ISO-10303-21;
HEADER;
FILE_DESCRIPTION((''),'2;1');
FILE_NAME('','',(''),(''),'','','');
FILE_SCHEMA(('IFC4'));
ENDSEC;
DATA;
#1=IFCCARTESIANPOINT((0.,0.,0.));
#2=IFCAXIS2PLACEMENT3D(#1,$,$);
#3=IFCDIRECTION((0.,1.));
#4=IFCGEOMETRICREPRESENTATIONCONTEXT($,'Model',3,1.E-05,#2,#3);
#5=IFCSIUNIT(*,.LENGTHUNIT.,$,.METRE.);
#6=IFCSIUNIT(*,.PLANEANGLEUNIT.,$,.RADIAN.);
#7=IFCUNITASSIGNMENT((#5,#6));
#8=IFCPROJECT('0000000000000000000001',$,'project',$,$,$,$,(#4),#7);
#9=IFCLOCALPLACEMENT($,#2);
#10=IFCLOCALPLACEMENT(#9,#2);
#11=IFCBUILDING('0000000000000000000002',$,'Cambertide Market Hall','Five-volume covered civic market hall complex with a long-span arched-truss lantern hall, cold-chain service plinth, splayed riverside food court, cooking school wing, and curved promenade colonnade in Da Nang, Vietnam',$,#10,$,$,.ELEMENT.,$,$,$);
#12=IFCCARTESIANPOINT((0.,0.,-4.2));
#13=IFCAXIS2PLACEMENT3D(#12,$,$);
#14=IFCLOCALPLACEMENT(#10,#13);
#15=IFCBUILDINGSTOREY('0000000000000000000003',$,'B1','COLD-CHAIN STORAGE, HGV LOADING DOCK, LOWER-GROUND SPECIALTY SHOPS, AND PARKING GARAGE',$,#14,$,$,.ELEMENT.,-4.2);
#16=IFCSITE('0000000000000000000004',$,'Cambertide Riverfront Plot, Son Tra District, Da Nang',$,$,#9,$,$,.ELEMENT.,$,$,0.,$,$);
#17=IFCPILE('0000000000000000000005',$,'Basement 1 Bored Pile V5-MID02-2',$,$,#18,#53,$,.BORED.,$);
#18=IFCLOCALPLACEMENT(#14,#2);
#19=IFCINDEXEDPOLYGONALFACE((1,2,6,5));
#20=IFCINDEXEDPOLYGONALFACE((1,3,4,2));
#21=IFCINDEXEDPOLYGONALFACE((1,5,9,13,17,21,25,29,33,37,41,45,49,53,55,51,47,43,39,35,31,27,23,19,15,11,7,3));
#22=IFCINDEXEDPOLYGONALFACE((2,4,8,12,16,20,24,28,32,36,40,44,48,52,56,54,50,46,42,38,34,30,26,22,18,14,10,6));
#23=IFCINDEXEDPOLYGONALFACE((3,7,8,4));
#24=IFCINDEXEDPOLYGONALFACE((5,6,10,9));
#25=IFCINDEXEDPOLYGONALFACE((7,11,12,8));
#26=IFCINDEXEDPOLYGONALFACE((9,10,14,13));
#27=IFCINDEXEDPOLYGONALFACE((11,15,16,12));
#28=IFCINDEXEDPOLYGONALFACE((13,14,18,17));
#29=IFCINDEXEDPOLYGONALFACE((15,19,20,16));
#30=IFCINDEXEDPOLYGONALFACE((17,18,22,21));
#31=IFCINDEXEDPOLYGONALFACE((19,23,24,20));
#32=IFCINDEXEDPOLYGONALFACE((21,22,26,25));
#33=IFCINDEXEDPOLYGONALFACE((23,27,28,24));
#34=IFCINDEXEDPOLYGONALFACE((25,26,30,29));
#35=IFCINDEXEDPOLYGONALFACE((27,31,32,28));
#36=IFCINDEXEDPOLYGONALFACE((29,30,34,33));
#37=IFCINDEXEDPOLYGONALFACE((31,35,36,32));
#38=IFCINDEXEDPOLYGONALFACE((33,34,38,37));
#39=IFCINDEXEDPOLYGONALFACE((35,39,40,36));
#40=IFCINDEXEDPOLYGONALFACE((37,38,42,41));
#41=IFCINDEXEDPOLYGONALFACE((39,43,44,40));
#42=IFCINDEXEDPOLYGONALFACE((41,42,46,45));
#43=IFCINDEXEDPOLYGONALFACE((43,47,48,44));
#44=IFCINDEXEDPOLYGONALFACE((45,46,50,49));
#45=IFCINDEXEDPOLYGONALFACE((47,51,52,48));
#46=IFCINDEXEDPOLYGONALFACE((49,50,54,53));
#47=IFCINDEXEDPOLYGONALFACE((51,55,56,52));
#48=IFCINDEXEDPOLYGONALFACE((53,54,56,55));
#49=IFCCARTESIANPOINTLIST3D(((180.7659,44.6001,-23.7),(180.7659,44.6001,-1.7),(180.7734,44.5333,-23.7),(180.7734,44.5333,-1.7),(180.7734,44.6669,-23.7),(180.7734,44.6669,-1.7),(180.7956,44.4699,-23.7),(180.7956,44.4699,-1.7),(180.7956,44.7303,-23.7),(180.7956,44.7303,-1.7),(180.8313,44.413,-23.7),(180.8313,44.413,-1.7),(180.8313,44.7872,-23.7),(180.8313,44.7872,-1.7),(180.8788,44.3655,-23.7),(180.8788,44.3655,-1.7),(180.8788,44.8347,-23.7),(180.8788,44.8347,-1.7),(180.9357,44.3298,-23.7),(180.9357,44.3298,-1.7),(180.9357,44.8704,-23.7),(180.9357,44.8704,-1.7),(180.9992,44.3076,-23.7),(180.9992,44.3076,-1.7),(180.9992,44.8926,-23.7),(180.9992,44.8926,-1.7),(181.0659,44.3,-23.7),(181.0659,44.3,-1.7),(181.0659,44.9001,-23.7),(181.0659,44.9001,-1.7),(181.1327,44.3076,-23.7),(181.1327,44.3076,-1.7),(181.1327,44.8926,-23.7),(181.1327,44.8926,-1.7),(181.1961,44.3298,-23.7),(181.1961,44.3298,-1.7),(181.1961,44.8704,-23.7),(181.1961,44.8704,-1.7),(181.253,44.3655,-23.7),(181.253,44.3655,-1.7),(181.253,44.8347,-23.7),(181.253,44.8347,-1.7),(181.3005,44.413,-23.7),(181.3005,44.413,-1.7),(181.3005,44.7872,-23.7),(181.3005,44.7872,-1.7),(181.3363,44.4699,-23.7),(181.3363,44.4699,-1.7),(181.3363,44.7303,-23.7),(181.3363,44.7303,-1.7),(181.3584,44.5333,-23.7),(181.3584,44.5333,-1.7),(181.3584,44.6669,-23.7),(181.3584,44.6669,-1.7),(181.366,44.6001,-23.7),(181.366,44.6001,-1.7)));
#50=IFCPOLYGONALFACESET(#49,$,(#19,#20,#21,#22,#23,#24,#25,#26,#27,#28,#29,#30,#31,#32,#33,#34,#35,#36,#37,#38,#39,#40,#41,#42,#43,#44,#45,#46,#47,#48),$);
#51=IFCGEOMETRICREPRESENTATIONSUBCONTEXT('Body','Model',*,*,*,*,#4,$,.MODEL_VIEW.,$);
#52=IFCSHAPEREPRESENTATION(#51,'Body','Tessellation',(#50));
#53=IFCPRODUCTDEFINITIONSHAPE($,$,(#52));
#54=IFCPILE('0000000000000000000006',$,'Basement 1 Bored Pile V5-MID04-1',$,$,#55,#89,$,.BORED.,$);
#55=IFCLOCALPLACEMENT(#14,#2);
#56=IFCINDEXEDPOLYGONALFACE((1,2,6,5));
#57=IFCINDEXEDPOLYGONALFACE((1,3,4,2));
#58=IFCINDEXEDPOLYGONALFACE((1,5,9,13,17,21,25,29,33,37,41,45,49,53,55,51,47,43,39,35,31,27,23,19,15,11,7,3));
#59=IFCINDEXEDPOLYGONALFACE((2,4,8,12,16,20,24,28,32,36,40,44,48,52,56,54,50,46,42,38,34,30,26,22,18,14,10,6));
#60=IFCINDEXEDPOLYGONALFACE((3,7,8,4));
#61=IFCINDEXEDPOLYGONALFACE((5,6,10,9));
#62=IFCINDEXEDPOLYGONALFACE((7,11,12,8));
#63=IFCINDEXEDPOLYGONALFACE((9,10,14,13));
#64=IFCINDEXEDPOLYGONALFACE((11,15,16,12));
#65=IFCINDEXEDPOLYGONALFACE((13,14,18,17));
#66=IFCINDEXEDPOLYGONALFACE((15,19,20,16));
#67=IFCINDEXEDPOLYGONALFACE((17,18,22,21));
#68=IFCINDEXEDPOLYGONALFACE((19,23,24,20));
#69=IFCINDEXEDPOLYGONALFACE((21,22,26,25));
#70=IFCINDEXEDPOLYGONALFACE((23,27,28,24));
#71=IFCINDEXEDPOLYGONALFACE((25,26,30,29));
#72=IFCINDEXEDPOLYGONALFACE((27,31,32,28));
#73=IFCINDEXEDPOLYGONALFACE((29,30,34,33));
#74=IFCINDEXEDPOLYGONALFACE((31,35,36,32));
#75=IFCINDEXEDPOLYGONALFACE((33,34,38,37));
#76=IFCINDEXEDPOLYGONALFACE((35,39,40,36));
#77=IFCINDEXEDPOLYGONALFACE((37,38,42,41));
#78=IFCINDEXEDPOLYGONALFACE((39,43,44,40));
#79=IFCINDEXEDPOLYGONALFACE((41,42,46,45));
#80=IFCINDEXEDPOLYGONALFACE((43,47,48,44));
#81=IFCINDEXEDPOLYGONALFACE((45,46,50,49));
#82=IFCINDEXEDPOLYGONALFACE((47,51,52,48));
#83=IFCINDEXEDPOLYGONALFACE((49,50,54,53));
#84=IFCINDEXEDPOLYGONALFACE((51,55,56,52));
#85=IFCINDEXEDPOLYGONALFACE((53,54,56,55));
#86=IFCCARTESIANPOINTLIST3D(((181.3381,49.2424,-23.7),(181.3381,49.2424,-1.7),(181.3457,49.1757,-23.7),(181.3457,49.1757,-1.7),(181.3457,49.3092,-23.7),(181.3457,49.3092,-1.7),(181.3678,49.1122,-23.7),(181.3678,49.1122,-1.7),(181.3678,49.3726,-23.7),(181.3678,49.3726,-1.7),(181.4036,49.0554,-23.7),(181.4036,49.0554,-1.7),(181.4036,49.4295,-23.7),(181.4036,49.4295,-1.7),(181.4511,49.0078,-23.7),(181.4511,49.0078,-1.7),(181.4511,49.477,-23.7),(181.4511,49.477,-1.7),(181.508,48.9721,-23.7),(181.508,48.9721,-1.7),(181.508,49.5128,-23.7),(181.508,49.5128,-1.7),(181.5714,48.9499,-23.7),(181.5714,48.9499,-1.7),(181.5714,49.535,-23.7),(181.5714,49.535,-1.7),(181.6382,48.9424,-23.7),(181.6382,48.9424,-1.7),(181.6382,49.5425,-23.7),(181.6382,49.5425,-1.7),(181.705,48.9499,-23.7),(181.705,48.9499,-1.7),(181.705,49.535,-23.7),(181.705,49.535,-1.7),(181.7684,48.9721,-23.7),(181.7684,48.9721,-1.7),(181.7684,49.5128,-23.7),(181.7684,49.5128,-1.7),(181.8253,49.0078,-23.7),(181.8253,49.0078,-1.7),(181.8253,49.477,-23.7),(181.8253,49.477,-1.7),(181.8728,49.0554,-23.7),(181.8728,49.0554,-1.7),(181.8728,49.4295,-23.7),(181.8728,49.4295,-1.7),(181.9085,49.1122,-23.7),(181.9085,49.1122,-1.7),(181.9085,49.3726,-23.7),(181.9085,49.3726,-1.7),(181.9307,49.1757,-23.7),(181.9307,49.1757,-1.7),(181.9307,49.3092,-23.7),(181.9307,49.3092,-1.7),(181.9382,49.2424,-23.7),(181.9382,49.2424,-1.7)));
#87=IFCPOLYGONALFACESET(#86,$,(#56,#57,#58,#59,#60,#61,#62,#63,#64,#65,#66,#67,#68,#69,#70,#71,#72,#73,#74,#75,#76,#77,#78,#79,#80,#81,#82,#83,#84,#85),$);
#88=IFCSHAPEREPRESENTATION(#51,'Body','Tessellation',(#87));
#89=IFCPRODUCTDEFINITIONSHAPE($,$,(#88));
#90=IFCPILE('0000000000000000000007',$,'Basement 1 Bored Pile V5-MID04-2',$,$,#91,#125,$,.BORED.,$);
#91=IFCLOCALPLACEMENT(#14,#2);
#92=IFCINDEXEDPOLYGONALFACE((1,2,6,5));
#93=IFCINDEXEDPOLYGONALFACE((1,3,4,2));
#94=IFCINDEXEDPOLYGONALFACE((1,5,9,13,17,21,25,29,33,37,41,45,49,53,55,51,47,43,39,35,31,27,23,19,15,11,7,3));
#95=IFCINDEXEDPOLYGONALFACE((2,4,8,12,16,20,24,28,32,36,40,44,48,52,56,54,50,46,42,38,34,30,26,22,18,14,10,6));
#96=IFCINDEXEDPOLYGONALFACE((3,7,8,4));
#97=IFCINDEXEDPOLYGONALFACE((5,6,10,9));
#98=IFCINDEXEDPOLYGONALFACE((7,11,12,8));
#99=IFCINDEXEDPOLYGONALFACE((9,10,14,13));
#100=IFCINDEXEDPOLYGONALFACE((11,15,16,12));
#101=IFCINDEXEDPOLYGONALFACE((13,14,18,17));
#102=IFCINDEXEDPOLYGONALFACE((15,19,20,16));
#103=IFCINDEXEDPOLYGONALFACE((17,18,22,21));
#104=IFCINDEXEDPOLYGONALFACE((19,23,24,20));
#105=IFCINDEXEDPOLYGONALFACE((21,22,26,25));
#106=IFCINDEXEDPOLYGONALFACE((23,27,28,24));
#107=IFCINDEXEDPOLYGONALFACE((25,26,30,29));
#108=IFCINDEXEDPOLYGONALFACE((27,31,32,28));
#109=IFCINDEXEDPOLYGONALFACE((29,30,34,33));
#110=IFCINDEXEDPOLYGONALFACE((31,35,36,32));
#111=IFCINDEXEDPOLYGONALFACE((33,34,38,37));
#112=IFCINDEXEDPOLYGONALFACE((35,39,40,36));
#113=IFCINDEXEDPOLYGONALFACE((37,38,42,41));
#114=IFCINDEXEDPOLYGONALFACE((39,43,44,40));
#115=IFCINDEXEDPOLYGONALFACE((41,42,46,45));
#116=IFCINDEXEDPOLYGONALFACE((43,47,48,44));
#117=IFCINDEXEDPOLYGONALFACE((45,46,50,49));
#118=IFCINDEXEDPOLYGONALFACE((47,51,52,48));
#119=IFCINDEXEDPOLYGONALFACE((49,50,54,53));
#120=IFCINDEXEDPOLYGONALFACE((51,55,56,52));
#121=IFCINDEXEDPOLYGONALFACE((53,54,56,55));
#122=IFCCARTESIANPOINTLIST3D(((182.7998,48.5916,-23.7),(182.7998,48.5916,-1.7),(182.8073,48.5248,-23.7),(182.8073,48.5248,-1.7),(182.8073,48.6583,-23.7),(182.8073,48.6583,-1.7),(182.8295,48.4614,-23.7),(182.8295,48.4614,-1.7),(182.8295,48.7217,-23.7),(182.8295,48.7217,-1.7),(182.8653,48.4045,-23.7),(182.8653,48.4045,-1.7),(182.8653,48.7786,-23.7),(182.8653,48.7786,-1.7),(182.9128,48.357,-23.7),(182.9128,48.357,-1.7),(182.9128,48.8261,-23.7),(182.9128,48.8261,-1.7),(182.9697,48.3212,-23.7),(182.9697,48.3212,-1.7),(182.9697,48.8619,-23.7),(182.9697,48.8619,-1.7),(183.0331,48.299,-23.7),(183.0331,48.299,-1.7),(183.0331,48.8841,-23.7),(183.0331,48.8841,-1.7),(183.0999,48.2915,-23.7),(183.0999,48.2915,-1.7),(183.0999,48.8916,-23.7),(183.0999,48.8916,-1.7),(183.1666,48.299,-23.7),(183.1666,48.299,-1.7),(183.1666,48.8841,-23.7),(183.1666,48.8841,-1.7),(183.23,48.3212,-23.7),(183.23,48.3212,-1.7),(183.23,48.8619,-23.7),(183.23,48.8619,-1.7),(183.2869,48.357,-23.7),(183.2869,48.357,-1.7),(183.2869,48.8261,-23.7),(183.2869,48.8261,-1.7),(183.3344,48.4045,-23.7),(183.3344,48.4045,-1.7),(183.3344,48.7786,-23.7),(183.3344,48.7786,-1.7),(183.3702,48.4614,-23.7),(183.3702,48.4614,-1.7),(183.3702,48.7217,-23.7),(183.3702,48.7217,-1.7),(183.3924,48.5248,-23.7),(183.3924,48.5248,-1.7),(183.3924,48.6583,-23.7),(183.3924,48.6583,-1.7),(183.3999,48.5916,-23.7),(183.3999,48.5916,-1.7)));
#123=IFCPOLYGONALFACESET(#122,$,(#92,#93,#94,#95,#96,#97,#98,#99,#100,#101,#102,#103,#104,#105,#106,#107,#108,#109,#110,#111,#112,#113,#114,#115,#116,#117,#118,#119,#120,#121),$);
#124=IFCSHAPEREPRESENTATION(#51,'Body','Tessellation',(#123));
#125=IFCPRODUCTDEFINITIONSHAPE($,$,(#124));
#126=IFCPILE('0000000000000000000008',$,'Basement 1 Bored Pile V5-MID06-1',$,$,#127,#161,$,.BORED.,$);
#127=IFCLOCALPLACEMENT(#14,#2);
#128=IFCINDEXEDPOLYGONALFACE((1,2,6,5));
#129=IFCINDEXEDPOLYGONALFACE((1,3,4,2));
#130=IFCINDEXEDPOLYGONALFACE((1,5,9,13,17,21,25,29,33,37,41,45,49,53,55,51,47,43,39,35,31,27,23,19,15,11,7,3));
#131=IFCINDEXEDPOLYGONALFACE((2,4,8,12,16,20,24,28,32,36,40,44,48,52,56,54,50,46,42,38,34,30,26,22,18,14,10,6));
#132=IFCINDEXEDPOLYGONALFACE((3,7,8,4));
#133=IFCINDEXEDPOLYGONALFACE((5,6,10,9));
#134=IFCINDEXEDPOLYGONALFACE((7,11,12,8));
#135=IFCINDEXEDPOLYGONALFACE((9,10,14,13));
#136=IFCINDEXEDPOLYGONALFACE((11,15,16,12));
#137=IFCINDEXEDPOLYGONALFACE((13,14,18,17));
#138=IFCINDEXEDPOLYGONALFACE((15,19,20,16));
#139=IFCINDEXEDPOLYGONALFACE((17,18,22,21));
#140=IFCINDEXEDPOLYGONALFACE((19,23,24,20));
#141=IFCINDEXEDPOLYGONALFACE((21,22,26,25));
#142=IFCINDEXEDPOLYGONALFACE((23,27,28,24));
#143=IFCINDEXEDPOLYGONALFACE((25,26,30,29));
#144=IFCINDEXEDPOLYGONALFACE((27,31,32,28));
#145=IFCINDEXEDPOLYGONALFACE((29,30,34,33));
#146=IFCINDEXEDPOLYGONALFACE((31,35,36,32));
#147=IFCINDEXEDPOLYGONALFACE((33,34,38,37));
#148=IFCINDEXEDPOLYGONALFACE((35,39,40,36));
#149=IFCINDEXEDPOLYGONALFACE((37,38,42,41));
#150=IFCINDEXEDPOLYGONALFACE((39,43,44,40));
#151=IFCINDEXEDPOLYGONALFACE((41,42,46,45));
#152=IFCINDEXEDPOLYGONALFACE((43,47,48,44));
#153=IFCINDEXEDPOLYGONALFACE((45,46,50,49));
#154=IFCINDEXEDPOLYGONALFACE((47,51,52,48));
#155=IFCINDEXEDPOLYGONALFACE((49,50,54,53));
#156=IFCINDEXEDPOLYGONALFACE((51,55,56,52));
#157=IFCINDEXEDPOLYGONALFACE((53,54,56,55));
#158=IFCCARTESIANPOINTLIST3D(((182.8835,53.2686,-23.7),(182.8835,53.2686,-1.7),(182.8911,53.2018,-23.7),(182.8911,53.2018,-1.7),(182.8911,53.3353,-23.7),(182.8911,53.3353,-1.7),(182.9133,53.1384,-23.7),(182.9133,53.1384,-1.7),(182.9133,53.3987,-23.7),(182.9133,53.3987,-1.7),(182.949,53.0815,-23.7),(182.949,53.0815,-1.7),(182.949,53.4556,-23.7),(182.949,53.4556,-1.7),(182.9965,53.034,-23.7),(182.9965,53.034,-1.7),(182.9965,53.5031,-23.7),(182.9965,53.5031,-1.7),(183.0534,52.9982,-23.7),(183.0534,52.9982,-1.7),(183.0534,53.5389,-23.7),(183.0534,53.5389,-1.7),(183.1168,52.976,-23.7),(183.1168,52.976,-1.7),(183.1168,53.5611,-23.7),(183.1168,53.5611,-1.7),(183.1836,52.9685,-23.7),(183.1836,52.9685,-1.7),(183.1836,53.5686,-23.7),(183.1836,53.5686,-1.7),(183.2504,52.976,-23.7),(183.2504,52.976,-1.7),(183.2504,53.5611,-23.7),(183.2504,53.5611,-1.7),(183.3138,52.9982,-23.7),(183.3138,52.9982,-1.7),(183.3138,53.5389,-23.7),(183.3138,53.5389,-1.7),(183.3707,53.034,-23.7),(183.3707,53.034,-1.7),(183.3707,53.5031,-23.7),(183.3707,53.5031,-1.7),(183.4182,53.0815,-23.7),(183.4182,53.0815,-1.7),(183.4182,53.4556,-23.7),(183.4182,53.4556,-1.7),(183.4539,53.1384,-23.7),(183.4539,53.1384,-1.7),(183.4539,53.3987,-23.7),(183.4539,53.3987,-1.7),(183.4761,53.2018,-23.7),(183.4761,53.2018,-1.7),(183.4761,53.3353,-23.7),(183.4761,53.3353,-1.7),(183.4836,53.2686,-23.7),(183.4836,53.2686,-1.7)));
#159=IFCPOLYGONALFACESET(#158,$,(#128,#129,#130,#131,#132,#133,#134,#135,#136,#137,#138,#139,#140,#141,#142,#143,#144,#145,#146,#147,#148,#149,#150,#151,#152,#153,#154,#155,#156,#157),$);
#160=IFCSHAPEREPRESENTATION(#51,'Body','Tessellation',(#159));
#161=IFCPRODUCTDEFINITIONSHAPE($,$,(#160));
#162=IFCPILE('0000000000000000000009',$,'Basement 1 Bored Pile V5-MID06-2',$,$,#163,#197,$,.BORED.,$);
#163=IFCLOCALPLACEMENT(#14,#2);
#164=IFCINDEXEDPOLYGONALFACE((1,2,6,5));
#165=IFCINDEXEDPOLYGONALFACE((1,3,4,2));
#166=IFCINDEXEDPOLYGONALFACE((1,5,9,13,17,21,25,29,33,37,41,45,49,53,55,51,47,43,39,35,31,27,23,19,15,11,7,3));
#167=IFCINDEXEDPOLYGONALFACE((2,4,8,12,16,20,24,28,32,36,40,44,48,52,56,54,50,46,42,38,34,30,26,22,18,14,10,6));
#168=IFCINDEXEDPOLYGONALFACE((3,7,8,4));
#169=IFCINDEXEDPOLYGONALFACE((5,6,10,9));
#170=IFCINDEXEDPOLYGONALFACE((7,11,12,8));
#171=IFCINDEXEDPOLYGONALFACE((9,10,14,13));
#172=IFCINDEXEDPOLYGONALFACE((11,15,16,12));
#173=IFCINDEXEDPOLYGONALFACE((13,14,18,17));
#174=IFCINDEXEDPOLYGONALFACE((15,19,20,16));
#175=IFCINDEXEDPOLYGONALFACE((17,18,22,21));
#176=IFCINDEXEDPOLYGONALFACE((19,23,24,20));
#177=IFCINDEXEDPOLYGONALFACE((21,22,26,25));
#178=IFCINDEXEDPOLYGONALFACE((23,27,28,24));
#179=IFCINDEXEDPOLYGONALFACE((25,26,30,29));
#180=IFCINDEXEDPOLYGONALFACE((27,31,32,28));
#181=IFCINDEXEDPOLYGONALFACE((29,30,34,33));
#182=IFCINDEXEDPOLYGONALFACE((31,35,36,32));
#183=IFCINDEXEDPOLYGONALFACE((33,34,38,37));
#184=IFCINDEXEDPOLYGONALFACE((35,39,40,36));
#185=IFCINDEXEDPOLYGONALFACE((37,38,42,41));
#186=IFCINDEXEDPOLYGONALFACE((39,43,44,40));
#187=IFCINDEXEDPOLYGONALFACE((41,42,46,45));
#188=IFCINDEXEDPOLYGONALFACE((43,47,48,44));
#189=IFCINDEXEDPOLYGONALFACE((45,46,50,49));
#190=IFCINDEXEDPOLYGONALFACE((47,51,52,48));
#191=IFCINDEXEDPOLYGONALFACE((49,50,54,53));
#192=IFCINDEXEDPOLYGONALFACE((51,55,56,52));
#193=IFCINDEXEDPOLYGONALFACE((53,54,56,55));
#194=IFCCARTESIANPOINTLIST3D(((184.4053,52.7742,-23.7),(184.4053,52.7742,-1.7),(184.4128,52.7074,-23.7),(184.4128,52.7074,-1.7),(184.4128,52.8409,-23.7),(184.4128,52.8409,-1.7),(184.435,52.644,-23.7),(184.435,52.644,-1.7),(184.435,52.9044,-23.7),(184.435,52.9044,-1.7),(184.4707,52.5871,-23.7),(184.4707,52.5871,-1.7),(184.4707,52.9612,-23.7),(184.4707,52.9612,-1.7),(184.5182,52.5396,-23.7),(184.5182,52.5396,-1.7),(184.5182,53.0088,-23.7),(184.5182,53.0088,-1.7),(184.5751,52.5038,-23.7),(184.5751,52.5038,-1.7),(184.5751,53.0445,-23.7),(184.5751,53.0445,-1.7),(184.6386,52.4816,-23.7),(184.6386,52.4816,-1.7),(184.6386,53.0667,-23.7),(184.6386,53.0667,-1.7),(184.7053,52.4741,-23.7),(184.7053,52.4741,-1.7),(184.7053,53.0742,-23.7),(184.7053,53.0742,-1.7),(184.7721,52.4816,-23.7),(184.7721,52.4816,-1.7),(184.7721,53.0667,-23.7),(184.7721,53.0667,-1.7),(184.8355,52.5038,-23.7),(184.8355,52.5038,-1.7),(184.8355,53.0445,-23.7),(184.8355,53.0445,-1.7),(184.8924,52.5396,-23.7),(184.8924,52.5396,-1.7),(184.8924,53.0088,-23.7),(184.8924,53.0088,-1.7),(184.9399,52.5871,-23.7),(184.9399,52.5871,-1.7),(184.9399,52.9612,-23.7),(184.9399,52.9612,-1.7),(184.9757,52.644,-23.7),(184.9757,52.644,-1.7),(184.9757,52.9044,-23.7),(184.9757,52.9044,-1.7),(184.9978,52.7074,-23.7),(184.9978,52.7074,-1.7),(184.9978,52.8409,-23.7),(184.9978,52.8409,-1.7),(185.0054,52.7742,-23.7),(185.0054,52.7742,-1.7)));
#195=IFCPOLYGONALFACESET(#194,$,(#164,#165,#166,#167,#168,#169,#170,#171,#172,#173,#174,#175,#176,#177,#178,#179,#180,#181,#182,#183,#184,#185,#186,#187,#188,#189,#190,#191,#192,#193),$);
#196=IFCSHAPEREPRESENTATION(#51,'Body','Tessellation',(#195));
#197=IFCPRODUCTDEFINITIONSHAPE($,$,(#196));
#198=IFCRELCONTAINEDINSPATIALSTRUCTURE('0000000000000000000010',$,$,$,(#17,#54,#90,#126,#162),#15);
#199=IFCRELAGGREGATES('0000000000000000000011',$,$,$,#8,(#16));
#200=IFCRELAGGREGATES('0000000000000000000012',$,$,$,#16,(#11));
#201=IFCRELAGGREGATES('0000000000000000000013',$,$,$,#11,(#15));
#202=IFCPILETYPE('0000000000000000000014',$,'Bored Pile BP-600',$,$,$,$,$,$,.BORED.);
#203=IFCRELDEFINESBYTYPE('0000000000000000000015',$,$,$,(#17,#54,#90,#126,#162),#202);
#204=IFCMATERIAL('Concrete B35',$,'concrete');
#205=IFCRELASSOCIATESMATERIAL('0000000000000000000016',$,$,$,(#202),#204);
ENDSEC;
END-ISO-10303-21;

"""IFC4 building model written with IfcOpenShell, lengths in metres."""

from ifc_helpers import new_model, si_unit, direction, frame, origin, origin_2d, place, context, subcontext, project, spatial, circle, extrude, material, material_profile, profile_set, type_object, element, save


model = new_model("IFC4")

# Units and contexts
model_context = context("Model", 3, precision=1e-05, world=origin(), true_north=direction((0.0, 1.0)))
body_context = subcontext(model_context, "Body", "Model", "MODEL_VIEW")
ifc_project = project(units=[si_unit("LENGTHUNIT", "METRE"), si_unit("PLANEANGLEUNIT", "RADIAN")], contexts=[model_context])

# Site, building, storey
site_placement = place(None, origin())
site = spatial("IfcSite", under=ifc_project, at=site_placement, Name="Cambertide Riverfront Plot, Son Tra District, Da Nang", CompositionType="ELEMENT", RefElevation=0.0)
building_placement = place(site_placement, origin())
building = spatial("IfcBuilding", under=site, at=building_placement, Name="Cambertide Market Hall", Description="Five-volume covered civic market hall complex with a long-span arched-truss lantern hall, cold-chain service plinth, splayed riverside food court, cooking school wing, and curved promenade colonnade in Da Nang, Vietnam", CompositionType="ELEMENT")
storey_placement = place(building_placement, frame((0.0, 0.0, -4.2)))
storey = spatial("IfcBuildingStorey", under=building, at=storey_placement, Name="B1", Description="COLD-CHAIN STORAGE, HGV LOADING DOCK, LOWER-GROUND SPECIALTY SHOPS, AND PARKING GARAGE", CompositionType="ELEMENT", Elevation=-4.2)

# Piles
ifc_material_1 = material(Name="Concrete B35", Category="concrete")
ifc_material_profile_1 = material_profile(ifc_material_1, circle(Radius=0.3, at=origin_2d()), Name="BP D600")
ifc_profile_set_1 = profile_set([ifc_material_profile_1], Name="Concrete B35")
pile_type = type_object("IfcPileType", Name="Bored Pile BP-600", PredefinedType="BORED", material=ifc_profile_set_1)
for number, where, z_axis, x_axis, name in (
    (1, (181.0659, 44.6001, -1.7), (0.0, 0.0, -1.0), (1.0, 0.0, 0.0), "Basement 1 Bored Pile V5-MID02-2"),
    (2, (181.6382, 49.2424, -1.7), (0.0, 0.0, -1.0), (1.0, 0.0, 0.0), "Basement 1 Bored Pile V5-MID04-1"),
    (3, (183.0999, 48.5916, -1.7), (0.0, 0.0, -1.0), (1.0, 0.0, 0.0), "Basement 1 Bored Pile V5-MID04-2"),
    (4, (183.1836, 53.2686, -1.7), (0.0, 0.0, -1.0), (1.0, 0.0, 0.0), "Basement 1 Bored Pile V5-MID06-1"),
    (5, (184.7053, 52.7742, -1.7), (0.0, 0.0, -1.0), (1.0, 0.0, 0.0), "Basement 1 Bored Pile V5-MID06-2"),
):
    element("IfcPile", number, at=place(storey_placement, frame(where, z_axis=z_axis, x_axis=x_axis)), inside=storey, type_object=pile_type, Name=name, PredefinedType="BORED", context=body_context, shape_type="SweptSolid", body=[
        extrude(circle(Radius=0.3, at=origin_2d()), origin(), (0.0, 0.0, 1.0), 22.0),
    ])

save(model, "model.ifc")
